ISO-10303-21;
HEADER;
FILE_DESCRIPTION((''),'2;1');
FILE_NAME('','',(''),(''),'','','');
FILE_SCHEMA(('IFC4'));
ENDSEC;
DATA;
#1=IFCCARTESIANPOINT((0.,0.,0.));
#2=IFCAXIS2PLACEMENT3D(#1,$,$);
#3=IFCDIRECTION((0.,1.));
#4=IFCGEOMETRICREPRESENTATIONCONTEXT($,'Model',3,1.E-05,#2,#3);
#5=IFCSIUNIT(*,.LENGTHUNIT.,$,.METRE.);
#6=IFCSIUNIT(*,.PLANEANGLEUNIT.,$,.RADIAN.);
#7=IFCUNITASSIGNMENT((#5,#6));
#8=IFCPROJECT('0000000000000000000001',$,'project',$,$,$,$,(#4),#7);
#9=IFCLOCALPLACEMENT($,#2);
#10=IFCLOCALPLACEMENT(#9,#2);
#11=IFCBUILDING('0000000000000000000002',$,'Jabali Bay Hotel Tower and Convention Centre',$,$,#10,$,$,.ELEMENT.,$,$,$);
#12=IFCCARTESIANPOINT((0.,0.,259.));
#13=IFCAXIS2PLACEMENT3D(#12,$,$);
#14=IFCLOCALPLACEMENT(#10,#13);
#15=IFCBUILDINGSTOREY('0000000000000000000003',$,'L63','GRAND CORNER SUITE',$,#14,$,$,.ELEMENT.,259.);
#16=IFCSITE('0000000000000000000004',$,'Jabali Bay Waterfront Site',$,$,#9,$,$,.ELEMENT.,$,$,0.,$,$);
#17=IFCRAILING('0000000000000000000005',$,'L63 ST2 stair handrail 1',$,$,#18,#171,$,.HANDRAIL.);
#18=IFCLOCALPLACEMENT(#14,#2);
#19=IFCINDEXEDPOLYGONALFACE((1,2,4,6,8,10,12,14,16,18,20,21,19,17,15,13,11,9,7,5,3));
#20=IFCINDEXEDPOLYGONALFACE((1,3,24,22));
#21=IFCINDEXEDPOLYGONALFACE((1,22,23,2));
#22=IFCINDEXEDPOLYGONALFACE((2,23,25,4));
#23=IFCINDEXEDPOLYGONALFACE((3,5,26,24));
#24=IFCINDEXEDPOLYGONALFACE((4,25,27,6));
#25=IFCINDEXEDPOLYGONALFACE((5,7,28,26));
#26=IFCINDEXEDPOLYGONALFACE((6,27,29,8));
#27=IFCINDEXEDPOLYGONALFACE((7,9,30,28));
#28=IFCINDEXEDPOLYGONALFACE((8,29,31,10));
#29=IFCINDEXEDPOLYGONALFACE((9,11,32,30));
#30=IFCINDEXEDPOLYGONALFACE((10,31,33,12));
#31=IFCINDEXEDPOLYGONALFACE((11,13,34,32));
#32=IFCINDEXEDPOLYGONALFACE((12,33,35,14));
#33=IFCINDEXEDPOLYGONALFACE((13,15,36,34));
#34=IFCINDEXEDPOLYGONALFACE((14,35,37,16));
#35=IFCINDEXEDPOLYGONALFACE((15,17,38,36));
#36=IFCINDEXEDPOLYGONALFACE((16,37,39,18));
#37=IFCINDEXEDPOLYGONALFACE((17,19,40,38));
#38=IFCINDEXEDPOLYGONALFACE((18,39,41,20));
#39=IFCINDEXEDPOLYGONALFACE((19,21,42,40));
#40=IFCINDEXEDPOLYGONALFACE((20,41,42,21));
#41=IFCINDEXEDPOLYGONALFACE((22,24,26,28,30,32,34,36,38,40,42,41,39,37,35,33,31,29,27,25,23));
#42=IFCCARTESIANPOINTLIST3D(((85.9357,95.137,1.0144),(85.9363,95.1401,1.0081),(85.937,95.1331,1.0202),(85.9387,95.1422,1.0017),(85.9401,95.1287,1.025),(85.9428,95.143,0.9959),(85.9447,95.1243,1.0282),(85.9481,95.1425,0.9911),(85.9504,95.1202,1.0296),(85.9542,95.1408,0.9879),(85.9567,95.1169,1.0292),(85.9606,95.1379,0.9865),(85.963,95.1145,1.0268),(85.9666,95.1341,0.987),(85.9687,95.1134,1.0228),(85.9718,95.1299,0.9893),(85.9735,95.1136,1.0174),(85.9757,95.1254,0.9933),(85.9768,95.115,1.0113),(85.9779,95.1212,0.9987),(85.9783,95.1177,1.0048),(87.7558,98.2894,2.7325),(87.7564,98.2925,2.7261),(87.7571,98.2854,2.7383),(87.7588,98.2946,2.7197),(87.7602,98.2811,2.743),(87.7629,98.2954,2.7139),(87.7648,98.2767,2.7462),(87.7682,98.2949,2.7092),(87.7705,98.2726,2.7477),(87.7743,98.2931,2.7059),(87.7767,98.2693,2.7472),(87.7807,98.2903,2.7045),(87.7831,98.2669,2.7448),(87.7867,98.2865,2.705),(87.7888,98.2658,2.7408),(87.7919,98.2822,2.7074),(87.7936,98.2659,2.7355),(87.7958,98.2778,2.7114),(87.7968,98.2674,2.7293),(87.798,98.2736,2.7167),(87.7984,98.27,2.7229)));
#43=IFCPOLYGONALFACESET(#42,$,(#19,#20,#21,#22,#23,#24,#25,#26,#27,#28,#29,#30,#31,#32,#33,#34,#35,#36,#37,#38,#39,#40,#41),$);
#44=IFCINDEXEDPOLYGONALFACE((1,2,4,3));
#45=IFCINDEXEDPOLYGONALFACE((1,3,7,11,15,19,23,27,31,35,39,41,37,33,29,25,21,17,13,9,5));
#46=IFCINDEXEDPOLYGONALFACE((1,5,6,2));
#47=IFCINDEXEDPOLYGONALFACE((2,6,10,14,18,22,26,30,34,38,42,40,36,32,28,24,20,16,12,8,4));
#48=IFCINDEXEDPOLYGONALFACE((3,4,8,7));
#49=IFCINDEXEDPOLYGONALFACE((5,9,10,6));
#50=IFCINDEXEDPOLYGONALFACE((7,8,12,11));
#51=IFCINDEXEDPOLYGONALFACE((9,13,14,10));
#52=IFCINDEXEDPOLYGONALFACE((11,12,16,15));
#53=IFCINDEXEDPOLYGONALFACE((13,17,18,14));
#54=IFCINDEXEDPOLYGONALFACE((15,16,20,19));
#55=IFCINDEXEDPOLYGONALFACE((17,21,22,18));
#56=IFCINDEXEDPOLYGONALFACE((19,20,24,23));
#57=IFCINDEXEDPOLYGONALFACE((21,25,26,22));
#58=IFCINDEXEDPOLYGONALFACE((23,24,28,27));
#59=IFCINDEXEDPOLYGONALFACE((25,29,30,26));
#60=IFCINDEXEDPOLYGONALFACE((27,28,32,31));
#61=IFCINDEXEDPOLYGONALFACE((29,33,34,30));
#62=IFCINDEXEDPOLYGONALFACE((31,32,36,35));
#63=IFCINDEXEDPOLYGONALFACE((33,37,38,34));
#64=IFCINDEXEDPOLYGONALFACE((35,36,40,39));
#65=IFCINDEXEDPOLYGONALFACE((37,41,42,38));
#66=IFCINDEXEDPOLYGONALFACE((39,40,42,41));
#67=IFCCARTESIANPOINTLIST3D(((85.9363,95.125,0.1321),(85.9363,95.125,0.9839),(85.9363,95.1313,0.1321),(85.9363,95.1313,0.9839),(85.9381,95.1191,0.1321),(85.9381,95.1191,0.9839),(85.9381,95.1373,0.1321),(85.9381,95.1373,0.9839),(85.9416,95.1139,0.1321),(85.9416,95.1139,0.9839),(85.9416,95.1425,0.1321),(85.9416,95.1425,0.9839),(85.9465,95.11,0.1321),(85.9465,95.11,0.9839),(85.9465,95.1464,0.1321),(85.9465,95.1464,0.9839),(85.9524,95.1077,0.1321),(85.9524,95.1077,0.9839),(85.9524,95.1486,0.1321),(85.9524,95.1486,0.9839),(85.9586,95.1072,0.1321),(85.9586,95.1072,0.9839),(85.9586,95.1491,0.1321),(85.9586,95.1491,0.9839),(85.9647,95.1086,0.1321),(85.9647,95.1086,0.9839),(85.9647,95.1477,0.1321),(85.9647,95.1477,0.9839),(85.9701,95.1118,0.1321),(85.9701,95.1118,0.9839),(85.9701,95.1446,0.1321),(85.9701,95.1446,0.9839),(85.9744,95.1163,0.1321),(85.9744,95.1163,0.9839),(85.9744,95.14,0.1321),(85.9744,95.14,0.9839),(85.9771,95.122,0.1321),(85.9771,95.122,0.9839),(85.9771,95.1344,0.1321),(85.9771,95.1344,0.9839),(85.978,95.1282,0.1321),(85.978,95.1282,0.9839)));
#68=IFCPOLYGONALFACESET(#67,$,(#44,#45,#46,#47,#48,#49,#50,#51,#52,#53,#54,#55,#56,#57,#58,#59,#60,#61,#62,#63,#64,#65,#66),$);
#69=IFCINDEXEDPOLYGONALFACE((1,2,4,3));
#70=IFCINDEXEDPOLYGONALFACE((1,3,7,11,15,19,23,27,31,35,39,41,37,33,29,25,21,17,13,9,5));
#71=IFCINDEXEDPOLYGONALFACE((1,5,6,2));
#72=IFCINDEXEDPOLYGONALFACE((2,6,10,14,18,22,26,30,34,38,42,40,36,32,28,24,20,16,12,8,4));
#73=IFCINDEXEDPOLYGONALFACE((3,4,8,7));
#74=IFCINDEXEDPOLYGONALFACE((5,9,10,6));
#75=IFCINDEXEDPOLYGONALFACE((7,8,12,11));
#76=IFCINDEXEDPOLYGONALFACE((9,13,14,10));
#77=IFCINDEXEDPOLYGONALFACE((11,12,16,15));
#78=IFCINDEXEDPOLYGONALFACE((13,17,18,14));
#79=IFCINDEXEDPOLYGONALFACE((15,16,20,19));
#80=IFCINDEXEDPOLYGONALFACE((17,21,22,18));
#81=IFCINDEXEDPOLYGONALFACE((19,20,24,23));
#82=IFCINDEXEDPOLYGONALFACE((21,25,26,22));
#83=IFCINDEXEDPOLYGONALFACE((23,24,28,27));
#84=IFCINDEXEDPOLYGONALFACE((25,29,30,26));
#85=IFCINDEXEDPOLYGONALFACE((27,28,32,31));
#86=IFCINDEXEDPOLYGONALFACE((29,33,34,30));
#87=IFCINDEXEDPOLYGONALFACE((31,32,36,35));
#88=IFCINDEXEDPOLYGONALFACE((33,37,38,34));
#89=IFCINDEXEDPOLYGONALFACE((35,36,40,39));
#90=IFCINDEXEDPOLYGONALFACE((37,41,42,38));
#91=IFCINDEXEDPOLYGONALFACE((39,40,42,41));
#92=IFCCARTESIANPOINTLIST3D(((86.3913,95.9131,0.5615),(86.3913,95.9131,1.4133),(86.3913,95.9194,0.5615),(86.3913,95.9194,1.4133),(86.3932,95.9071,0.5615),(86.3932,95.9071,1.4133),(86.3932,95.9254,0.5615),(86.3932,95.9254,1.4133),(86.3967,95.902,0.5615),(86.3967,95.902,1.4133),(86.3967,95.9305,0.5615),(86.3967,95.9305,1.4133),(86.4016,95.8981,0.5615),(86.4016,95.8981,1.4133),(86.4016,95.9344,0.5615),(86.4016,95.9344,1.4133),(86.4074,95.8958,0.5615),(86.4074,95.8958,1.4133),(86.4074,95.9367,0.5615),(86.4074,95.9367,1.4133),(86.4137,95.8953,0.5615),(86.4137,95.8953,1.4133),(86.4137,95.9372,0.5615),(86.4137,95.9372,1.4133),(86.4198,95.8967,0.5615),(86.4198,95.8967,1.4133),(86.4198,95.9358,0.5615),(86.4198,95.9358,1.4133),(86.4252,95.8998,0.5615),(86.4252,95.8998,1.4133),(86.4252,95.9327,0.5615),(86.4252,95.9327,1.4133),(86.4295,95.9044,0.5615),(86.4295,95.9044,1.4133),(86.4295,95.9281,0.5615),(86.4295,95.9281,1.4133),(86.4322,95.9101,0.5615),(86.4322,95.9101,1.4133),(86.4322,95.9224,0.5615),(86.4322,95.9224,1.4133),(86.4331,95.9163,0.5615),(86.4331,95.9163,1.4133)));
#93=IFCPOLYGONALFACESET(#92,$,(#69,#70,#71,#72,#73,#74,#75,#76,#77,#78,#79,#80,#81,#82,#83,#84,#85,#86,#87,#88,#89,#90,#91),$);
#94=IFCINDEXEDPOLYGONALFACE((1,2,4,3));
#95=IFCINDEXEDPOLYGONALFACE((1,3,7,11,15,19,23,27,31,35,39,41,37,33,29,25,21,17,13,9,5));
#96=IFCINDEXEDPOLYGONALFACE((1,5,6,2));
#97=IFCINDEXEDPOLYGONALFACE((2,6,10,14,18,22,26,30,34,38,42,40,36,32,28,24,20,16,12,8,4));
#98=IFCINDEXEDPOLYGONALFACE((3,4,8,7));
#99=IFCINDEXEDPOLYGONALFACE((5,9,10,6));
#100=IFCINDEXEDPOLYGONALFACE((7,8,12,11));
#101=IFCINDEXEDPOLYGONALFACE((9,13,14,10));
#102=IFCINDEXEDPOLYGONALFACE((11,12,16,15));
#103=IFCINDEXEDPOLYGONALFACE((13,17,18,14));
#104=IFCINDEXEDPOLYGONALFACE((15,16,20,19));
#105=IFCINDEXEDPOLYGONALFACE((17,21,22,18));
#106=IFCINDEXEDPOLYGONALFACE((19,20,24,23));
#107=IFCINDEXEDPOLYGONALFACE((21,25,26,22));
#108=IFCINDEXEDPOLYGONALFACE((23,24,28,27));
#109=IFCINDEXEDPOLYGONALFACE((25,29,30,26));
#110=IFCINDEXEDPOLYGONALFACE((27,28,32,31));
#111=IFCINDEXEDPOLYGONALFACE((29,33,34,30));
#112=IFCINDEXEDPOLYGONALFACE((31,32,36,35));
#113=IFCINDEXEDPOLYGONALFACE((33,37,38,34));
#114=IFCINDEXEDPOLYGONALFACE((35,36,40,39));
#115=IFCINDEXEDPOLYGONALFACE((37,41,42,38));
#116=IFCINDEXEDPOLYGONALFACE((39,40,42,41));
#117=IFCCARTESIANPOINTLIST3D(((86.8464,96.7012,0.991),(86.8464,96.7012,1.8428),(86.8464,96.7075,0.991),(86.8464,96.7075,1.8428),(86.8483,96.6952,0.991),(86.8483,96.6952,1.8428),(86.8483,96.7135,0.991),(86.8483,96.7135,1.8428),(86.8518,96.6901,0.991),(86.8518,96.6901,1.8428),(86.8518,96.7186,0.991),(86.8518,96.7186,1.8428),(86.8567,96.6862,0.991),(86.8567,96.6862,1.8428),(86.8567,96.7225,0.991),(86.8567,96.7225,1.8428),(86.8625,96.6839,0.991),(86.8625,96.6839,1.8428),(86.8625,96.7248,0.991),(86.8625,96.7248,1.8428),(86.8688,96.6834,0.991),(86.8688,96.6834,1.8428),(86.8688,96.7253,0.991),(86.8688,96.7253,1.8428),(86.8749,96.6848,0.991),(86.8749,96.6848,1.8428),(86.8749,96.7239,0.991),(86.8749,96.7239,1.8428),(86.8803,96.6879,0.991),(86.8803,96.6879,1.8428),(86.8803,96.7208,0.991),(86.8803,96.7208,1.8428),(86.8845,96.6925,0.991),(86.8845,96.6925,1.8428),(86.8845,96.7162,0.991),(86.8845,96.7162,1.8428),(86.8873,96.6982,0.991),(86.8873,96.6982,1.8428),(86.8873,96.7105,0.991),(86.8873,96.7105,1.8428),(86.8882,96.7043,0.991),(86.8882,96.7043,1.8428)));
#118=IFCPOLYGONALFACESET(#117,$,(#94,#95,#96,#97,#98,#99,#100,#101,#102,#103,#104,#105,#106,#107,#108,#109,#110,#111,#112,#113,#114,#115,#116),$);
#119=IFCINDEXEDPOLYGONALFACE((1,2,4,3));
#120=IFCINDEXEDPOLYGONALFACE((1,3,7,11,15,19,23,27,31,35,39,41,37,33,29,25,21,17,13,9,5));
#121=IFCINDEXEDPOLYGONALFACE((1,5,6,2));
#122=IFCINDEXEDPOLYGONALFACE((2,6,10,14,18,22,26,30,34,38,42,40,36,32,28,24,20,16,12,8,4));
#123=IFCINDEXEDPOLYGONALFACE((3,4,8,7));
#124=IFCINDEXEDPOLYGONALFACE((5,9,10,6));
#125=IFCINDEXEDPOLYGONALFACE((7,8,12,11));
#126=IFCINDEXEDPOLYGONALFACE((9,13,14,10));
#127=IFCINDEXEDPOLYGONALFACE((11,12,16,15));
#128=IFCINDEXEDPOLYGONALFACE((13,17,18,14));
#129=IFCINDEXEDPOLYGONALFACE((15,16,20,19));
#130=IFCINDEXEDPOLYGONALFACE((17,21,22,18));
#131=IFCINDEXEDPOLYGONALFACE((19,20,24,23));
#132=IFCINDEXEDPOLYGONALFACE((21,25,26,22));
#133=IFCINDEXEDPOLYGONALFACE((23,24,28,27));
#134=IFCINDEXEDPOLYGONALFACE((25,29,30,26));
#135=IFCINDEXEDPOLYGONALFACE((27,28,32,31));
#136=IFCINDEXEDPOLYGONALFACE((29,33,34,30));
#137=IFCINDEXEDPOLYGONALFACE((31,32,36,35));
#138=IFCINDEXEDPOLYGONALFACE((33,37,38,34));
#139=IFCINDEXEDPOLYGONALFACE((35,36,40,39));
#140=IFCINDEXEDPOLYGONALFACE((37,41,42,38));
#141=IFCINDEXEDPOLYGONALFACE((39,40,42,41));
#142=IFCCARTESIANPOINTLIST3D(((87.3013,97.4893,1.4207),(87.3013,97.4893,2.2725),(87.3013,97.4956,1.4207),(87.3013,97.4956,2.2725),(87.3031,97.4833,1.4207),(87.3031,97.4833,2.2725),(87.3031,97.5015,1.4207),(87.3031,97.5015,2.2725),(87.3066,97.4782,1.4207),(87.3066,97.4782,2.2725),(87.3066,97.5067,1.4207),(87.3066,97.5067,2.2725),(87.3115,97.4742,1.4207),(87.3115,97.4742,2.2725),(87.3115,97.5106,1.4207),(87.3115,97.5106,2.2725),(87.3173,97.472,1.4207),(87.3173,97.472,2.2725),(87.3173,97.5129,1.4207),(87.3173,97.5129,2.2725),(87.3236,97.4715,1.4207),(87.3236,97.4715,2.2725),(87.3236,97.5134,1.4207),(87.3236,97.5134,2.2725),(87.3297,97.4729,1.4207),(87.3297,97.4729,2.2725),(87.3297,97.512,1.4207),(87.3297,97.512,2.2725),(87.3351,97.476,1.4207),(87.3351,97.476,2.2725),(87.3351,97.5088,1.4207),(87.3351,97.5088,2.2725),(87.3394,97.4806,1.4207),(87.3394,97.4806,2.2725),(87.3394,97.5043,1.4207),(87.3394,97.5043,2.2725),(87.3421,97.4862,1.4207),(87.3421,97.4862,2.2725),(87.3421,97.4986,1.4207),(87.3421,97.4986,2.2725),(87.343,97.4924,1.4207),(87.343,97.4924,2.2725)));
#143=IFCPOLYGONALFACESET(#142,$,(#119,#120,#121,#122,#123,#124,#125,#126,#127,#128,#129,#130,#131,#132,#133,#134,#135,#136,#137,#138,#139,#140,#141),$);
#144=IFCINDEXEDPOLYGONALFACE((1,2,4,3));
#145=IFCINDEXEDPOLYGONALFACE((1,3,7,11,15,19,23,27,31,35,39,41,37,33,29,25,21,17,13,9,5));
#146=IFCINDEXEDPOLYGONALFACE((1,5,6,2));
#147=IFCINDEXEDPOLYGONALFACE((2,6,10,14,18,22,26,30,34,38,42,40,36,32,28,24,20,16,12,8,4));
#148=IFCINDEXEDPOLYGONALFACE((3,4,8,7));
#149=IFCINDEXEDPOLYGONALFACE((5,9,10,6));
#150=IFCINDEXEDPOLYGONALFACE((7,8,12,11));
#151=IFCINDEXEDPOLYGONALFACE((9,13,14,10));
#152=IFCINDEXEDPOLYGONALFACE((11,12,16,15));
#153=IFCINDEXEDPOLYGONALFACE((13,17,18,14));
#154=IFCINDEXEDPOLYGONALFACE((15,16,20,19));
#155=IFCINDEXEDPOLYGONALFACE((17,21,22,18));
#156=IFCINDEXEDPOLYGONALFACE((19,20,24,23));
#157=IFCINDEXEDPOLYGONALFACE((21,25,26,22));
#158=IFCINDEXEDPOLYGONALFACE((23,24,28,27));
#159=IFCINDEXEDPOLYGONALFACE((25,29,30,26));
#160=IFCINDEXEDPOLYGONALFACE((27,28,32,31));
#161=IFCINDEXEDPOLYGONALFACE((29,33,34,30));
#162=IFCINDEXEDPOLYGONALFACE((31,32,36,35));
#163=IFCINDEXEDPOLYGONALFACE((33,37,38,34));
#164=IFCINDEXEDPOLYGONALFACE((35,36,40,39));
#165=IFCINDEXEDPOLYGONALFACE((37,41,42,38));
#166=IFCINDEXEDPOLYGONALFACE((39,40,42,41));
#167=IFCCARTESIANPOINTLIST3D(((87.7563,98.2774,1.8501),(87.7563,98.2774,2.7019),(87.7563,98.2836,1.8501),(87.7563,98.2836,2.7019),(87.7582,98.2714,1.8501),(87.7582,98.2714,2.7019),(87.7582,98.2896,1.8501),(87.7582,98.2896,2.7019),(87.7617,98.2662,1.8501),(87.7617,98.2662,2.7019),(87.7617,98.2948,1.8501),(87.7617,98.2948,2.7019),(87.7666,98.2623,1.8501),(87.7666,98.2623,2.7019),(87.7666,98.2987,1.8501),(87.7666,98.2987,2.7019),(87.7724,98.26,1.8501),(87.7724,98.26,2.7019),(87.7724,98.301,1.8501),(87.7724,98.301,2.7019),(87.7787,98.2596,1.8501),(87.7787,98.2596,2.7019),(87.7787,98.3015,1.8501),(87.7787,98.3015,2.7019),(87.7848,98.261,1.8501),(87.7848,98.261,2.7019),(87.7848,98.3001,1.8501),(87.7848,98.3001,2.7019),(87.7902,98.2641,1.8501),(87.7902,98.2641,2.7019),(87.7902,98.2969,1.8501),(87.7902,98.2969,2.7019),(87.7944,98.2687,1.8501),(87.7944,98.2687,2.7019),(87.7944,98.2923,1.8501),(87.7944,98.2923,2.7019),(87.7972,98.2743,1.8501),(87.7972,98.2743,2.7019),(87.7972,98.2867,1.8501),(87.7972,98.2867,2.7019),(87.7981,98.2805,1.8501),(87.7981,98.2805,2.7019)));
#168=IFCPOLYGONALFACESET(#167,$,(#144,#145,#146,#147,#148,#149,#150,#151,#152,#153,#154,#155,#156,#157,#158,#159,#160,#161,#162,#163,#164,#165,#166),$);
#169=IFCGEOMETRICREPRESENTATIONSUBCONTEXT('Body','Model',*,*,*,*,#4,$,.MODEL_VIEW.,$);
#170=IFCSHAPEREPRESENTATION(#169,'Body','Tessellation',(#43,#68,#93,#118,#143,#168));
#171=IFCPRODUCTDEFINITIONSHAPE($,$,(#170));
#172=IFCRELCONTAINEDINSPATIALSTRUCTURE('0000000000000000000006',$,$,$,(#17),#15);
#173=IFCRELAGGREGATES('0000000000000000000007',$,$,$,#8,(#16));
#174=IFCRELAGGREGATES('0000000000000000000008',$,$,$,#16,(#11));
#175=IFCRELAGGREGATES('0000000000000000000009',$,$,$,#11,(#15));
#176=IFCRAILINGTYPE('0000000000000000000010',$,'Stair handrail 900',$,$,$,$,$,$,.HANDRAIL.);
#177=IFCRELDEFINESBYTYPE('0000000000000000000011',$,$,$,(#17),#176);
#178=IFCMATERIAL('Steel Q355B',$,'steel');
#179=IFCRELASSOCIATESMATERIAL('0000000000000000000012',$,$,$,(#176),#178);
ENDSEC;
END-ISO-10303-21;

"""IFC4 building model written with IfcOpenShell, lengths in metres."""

from ifc_helpers import new_model, si_unit, direction, frame, origin, origin_2d, place, context, subcontext, project, spatial, circle, extrude, material, type_object, element, save


model = new_model("IFC4")

# Units and contexts
model_context = context("Model", 3, precision=1e-05, world=origin(), true_north=direction((0.0, 1.0)))
body_context = subcontext(model_context, "Body", "Model", "MODEL_VIEW")
ifc_project = project(units=[si_unit("LENGTHUNIT", "METRE"), si_unit("PLANEANGLEUNIT", "RADIAN")], contexts=[model_context])

# Site, building, storey
site_placement = place(None, origin())
site = spatial("IfcSite", under=ifc_project, at=site_placement, Name="Jabali Bay Waterfront Site", CompositionType="ELEMENT", RefElevation=0.0)
building_placement = place(site_placement, origin())
building = spatial("IfcBuilding", under=site, at=building_placement, Name="Jabali Bay Hotel Tower and Convention Centre", CompositionType="ELEMENT")
storey_placement = place(building_placement, frame((0.0, 0.0, 259.0)))
storey = spatial("IfcBuildingStorey", under=building, at=storey_placement, Name="L63", Description="GRAND CORNER SUITE", CompositionType="ELEMENT", Elevation=259.0)

# Railing
ifc_material_1 = material(Name="Steel Q355B", Category="steel")
railing_type_1 = type_object("IfcRailingType", Name="Stair handrail 900", PredefinedType="HANDRAIL", material=ifc_material_1)
railing_1_placement = place(storey_placement, frame((85.957, 95.1282, 0.1321)))
element("IfcRailing", 1, at=railing_1_placement, inside=storey, type_object=railing_type_1, Name="L63 ST2 stair handrail 1", PredefinedType="HANDRAIL", context=body_context, shape_type="SweptSolid", body=[
    extrude(circle(Radius=0.0239, at=origin_2d()), frame((0.0, 0.0, 0.876), z_axis=(0.452179, 0.78317, 0.426825), x_axis=(-0.866018, 0.500013, 0.0)), (0.0, 0.0, 1.0), 4.0251),
    extrude(circle(Radius=0.021, at=origin_2d()), origin(), (0.0, 0.0, 1.0), 0.8518),
    extrude(circle(Radius=0.021, at=origin_2d()), frame((0.4551, 0.7881, 0.4294)), (0.0, 0.0, 1.0), 0.8518),
    extrude(circle(Radius=0.021, at=origin_2d()), frame((0.9102, 1.5762, 0.8589)), (0.0, 0.0, 1.0), 0.8518),
    extrude(circle(Radius=0.021, at=origin_2d()), frame((1.365, 2.3643, 1.2886)), (0.0, 0.0, 1.0), 0.8518),
    extrude(circle(Radius=0.021, at=origin_2d()), frame((1.8201, 3.1523, 1.718)), (0.0, 0.0, 1.0), 0.8518),
])

save(model, "model.ifc")
